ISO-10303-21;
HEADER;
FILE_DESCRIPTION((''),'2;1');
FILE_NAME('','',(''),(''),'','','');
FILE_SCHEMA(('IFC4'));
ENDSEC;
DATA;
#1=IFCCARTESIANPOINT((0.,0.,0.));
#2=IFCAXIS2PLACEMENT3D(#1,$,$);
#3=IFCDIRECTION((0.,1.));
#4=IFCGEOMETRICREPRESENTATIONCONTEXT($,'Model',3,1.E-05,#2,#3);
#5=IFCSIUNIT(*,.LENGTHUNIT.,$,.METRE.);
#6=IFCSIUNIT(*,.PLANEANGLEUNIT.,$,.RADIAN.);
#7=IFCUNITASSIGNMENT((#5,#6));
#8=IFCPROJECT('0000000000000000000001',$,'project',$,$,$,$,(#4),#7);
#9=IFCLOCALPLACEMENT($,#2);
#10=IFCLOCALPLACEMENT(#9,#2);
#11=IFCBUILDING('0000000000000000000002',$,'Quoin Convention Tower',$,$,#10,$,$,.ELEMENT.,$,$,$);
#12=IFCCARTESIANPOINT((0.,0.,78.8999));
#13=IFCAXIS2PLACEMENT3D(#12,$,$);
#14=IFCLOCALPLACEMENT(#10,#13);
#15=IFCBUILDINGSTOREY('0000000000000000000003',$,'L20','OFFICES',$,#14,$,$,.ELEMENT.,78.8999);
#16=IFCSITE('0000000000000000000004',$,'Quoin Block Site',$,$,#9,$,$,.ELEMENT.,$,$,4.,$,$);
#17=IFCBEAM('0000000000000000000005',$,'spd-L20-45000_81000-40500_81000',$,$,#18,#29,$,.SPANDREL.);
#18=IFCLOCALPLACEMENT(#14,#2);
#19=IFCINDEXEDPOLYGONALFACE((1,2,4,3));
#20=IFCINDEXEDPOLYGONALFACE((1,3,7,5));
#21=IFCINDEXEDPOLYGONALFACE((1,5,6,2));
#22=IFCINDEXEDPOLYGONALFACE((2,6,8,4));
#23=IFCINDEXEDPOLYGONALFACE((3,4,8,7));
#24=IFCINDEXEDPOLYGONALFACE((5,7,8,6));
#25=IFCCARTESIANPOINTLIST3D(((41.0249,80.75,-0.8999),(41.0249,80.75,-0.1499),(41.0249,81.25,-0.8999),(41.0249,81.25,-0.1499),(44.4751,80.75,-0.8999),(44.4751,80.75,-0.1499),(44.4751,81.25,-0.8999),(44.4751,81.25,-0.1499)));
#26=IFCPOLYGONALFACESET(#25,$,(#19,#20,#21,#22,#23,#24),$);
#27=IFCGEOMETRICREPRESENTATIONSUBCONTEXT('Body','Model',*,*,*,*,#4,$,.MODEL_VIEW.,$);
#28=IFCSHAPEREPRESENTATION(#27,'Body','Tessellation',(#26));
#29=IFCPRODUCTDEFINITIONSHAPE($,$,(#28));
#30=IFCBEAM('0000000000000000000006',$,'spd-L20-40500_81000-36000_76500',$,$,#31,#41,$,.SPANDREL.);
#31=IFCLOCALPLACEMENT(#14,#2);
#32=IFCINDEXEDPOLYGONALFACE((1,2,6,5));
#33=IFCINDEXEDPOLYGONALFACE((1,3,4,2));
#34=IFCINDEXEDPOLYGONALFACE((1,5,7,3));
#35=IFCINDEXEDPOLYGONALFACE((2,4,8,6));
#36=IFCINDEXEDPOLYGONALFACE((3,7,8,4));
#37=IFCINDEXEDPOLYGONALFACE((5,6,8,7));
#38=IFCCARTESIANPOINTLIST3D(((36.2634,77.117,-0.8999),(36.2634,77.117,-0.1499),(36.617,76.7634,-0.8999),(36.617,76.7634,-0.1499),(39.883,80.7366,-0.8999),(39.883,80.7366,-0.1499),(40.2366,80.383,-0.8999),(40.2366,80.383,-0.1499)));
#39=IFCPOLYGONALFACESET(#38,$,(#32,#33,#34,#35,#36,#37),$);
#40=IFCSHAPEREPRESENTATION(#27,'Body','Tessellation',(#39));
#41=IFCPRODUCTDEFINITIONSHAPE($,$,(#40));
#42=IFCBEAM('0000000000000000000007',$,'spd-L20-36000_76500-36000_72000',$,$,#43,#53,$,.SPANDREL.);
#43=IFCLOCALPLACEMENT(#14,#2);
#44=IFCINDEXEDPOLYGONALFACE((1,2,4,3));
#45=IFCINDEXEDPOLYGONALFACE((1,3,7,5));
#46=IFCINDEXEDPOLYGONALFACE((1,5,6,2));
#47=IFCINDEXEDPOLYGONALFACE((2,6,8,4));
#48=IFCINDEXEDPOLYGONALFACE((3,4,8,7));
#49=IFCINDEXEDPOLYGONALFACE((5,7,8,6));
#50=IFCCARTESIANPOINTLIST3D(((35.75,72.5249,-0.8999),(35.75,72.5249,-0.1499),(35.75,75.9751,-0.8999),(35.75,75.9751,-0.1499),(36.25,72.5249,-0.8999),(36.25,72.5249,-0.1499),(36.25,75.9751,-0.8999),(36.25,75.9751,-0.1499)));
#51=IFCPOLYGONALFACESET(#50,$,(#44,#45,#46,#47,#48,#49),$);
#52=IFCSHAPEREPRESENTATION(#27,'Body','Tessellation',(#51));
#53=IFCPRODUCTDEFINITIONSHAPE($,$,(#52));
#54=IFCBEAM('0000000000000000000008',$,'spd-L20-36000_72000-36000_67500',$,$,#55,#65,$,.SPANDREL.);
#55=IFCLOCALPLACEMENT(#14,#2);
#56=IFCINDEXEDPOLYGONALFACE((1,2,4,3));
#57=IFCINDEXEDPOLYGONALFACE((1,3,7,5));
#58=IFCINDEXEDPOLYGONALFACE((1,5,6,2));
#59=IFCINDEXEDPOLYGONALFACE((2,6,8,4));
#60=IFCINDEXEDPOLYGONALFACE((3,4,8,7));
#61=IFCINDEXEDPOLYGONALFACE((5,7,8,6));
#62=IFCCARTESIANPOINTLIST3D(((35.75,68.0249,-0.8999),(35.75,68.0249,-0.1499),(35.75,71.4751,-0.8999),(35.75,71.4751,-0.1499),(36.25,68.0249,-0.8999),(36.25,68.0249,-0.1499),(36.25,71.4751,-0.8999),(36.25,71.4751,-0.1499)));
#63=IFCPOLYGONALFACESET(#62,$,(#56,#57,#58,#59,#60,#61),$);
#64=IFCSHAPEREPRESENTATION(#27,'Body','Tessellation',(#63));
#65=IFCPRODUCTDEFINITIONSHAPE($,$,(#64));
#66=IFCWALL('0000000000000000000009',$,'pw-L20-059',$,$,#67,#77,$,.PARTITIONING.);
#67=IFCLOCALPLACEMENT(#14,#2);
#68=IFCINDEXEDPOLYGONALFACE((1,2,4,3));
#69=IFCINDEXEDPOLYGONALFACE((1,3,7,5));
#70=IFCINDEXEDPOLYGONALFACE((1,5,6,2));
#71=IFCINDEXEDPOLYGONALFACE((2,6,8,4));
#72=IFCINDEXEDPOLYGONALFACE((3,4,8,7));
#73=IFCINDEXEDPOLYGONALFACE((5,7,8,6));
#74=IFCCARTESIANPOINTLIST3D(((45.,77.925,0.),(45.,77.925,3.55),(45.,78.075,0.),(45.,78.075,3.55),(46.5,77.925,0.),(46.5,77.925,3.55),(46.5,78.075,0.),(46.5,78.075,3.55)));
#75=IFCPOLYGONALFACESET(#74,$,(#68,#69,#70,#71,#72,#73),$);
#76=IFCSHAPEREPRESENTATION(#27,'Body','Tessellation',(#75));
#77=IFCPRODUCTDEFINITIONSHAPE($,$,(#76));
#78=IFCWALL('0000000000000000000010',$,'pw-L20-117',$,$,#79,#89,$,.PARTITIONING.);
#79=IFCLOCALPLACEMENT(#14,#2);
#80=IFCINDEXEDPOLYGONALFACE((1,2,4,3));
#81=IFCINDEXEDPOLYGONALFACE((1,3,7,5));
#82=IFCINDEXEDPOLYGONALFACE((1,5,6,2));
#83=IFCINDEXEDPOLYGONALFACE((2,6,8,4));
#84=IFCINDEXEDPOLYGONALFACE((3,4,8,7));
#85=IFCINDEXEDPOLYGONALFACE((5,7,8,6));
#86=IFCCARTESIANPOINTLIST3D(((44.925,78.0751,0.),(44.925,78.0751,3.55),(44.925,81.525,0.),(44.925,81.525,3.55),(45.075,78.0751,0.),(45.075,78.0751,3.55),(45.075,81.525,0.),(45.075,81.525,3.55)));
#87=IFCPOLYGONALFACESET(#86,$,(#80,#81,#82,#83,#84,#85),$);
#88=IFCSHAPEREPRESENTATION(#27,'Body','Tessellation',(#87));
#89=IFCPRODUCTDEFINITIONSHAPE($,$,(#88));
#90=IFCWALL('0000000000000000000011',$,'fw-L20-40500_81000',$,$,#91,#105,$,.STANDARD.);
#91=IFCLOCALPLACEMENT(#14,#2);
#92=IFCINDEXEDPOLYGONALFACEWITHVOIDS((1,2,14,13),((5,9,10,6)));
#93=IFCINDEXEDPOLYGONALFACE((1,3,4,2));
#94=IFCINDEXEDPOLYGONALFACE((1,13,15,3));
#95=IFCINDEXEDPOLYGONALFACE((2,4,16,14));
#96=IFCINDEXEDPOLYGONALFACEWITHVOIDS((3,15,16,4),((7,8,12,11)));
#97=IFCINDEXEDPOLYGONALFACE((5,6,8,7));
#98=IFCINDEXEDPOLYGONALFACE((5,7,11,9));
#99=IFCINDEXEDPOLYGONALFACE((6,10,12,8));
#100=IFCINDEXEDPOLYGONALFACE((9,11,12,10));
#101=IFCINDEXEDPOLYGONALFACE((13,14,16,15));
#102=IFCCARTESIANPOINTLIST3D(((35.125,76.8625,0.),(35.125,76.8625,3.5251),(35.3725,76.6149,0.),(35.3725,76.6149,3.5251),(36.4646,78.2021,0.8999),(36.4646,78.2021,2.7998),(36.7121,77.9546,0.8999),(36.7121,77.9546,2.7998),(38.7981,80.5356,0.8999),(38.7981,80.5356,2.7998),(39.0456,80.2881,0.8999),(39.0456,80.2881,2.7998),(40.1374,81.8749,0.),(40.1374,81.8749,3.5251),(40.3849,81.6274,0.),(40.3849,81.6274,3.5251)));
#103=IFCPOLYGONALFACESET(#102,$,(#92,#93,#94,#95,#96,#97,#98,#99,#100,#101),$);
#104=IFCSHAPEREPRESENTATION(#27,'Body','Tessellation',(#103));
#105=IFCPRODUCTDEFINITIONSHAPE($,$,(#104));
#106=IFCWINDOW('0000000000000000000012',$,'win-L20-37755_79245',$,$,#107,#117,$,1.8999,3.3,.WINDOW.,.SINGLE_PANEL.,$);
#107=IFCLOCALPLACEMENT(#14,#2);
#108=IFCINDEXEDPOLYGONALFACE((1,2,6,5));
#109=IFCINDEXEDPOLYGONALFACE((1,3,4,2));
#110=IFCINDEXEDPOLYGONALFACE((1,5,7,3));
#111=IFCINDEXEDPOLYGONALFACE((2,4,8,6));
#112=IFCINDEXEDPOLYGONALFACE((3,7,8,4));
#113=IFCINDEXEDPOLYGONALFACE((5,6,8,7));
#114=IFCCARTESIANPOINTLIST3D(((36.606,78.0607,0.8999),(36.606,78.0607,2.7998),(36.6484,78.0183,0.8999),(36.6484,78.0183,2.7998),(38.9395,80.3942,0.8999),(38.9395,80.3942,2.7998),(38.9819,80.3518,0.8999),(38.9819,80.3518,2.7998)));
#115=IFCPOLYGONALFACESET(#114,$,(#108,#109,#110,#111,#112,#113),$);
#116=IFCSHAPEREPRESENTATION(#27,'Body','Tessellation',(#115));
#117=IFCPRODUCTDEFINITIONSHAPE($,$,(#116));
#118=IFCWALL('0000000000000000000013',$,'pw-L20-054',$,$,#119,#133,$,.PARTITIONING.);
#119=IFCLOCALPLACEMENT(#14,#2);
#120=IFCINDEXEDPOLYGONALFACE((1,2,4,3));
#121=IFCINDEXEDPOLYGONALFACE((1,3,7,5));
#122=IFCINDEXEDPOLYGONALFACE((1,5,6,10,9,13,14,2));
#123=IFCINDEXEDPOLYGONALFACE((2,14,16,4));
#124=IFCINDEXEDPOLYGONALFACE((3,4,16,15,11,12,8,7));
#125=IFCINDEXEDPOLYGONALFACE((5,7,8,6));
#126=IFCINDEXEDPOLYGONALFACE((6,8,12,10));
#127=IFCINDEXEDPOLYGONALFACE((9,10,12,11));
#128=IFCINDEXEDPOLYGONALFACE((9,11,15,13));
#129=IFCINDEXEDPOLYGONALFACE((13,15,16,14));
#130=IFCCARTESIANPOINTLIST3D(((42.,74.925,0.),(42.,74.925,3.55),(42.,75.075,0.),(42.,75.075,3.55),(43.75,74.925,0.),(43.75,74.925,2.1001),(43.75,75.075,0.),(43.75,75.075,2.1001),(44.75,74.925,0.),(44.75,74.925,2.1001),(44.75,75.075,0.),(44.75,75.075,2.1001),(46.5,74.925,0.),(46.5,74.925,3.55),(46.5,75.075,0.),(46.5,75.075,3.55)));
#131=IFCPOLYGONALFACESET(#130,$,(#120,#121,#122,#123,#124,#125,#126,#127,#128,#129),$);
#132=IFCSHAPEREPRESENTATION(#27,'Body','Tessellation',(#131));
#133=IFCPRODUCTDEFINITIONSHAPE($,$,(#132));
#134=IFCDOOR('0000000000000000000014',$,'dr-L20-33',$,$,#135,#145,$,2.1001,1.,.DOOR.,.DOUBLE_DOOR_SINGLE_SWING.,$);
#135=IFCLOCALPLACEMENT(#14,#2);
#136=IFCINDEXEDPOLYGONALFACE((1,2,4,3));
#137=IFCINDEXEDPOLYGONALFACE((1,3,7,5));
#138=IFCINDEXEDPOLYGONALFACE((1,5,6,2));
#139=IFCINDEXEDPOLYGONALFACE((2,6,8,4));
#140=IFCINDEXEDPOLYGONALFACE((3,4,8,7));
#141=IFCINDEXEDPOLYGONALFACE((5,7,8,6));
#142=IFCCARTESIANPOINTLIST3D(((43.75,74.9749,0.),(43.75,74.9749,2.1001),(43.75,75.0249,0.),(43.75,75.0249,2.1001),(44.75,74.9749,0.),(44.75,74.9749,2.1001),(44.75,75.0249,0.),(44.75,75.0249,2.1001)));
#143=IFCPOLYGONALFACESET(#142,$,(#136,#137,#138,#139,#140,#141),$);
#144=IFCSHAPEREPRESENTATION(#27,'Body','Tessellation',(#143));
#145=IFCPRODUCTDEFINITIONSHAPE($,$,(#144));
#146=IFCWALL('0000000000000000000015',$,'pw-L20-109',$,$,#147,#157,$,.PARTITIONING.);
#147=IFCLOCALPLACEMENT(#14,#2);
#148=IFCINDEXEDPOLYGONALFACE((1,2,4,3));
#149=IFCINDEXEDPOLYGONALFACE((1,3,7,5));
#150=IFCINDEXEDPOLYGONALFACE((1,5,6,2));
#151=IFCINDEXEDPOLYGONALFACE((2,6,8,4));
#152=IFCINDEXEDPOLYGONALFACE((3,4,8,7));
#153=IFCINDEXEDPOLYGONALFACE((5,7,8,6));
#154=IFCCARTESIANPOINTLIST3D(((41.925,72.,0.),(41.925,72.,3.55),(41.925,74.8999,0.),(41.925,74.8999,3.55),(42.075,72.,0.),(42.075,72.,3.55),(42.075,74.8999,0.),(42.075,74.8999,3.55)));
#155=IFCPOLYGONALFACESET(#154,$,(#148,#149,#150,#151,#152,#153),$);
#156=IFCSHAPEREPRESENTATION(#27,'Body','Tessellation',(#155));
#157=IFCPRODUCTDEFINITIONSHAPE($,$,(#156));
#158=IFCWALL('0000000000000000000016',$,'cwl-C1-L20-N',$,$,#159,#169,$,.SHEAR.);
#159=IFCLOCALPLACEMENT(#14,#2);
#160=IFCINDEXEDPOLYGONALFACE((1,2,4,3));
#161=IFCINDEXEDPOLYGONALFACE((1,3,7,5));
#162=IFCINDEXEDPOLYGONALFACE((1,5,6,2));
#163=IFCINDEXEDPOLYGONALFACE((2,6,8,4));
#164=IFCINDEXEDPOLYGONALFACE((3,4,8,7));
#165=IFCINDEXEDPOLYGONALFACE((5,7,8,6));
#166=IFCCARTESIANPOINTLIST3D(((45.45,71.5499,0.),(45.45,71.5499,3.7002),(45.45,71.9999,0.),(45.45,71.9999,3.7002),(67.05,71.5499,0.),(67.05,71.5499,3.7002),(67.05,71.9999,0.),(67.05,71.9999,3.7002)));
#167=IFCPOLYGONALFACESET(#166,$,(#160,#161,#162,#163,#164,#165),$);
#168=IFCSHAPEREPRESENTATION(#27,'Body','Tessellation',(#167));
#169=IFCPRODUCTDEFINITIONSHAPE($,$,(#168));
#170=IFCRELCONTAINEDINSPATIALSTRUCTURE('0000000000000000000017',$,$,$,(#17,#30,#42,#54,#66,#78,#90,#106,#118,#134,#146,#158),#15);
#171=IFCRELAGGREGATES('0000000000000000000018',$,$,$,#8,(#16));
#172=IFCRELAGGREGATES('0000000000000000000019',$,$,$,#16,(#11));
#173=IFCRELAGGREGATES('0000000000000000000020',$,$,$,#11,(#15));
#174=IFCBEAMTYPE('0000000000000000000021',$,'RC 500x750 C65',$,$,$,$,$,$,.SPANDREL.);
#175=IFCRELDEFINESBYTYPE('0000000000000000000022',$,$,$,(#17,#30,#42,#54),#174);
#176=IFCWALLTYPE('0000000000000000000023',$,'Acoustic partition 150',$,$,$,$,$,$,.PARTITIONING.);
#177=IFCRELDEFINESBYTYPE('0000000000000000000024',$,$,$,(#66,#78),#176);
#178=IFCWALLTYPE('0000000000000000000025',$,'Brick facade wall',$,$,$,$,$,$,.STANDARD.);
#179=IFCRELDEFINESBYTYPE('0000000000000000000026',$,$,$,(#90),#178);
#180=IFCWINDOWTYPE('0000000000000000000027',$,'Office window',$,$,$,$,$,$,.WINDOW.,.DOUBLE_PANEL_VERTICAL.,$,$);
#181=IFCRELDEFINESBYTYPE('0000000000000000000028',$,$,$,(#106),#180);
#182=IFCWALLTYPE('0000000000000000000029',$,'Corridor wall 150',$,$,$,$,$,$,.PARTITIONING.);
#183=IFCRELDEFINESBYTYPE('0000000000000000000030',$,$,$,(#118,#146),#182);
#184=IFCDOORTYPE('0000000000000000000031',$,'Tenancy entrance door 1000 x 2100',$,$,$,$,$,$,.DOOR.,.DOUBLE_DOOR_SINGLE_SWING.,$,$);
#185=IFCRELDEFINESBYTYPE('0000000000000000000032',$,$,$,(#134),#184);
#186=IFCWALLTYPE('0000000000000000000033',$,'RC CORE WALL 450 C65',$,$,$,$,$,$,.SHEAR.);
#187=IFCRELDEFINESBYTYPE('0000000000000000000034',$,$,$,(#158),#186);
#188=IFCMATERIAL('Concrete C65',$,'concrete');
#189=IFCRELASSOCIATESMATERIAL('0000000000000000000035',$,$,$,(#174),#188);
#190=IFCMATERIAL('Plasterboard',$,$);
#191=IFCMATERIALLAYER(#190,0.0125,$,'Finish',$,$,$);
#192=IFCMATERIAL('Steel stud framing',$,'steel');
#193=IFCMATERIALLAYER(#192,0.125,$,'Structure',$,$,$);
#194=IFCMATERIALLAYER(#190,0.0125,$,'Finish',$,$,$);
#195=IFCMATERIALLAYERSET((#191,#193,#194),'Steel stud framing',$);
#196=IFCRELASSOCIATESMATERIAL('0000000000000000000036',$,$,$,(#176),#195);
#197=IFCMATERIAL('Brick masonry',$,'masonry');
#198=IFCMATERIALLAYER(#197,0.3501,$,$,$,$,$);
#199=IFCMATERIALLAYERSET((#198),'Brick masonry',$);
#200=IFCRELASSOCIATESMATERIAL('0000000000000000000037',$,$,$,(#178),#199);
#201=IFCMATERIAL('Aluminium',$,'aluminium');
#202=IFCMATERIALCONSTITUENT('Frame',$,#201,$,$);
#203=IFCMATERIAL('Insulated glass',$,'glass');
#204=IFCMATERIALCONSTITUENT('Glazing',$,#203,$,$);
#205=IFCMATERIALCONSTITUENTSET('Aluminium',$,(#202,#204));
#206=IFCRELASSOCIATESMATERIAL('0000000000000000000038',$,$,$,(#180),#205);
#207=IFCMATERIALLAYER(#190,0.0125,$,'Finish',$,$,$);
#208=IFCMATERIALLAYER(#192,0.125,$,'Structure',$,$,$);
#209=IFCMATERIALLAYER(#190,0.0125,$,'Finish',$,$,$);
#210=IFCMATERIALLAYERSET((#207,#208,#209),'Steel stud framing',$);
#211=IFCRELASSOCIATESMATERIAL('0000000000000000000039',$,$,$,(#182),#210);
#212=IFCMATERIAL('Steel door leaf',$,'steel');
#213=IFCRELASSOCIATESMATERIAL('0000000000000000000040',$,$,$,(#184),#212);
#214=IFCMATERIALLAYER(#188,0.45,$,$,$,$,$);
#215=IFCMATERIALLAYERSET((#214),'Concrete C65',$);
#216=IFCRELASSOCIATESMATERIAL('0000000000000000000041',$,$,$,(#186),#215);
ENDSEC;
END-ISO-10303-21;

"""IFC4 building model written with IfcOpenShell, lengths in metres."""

from ifc_helpers import new_model, si_unit, direction, frame, frame_2d, origin, origin_2d, place, context, subcontext, project, spatial, rectangle, extrude, material, layer, layer_set, constituent, constituent_set, material_profile, profile_set, type_object, element, fill, save


model = new_model("IFC4")

# Units and contexts
model_context = context("Model", 3, precision=1e-05, world=origin(), true_north=direction((0.0, 1.0)))
body_context = subcontext(model_context, "Body", "Model", "MODEL_VIEW")
ifc_project = project(units=[si_unit("LENGTHUNIT", "METRE"), si_unit("PLANEANGLEUNIT", "RADIAN")], contexts=[model_context])

# Site, building, storey
site_placement = place(None, origin())
site = spatial("IfcSite", under=ifc_project, at=site_placement, Name="Quoin Block Site", CompositionType="ELEMENT", RefElevation=4.0)
building_placement = place(site_placement, origin())
building = spatial("IfcBuilding", under=site, at=building_placement, Name="Quoin Convention Tower", CompositionType="ELEMENT")
storey_placement = place(building_placement, frame((0.0, 0.0, 78.8999)))
storey = spatial("IfcBuildingStorey", under=building, at=storey_placement, Name="L20", Description="OFFICES", CompositionType="ELEMENT", Elevation=78.8999)

# Shared definitions
ifc_material_1 = material(Name="Concrete C65", Category="concrete")

# Beams
ifc_material_profile_1 = material_profile(ifc_material_1, rectangle(XDim=0.5, YDim=0.75, at=origin_2d()), Name="RC 500x750")
ifc_profile_set_1 = profile_set([ifc_material_profile_1], Name="Concrete C65")
beam_type_1 = type_object("IfcBeamType", Name="RC 500x750 C65", PredefinedType="SPANDREL", material=ifc_profile_set_1)
beam_1_placement = place(storey_placement, frame((44.4751, 81.0, -0.5249), z_axis=(-1.0, 0.0, 0.0), x_axis=(0.0, -1.0, 0.0)))
element("IfcBeam", 1, at=beam_1_placement, inside=storey, type_object=beam_type_1, Name="spd-L20-45000_81000-40500_81000", PredefinedType="SPANDREL", context=body_context, shape_type="SweptSolid", body=[
    extrude(rectangle(XDim=0.5, YDim=0.75, at=origin_2d()), origin(), (0.0, 0.0, 1.0), 3.4502),
])
beam_2_placement = place(storey_placement, frame((40.0598, 80.5598, -0.5249), z_axis=(-0.707107, -0.707107, 0.0), x_axis=(0.707107, -0.707107, 0.0)))
element("IfcBeam", 2, at=beam_2_placement, inside=storey, type_object=beam_type_1, Name="spd-L20-40500_81000-36000_76500", PredefinedType="SPANDREL", context=body_context, shape_type="SweptSolid", body=[
    extrude(rectangle(XDim=0.5, YDim=0.75, at=origin_2d()), origin(), (0.0, 0.0, 1.0), 5.1189),
])
for number, where, z_axis, x_axis, name in (
    (3, (36.0, 75.9751, -0.5249), (0.0, -1.0, 0.0), (1.0, 0.0, 0.0), "spd-L20-36000_76500-36000_72000"),
    (4, (36.0, 71.4751, -0.5249), (0.0, -1.0, 0.0), (1.0, 0.0, 0.0), "spd-L20-36000_72000-36000_67500"),
):
    element("IfcBeam", number, at=place(storey_placement, frame(where, z_axis=z_axis, x_axis=x_axis)), inside=storey, type_object=beam_type_1, Name=name, PredefinedType="SPANDREL", context=body_context, shape_type="SweptSolid", body=[
        extrude(rectangle(XDim=0.5, YDim=0.75, at=origin_2d()), origin(), (0.0, 0.0, 1.0), 3.4502),
    ])

# Walls
ifc_material_2 = material(Name="Plasterboard")
ifc_layer_1 = layer(ifc_material_2, 0.0125, Name="Finish")
ifc_material_3 = material(Name="Steel stud framing", Category="steel")
ifc_layer_2 = layer(ifc_material_3, 0.125, Name="Structure")
ifc_layer_3 = layer(ifc_material_2, 0.0125, Name="Finish")
ifc_layer_set_1 = layer_set([ifc_layer_1, ifc_layer_2, ifc_layer_3], Name="Steel stud framing")
wall_type_1 = type_object("IfcWallType", Name="Acoustic partition 150", PredefinedType="PARTITIONING", material=ifc_layer_set_1)
wall_1_placement = place(storey_placement, frame((45.0, 78.0, 0.0), z_axis=(0.0, 0.0, 1.0), x_axis=(1.0, 0.0, 0.0)))
element("IfcWall", 5, at=wall_1_placement, inside=storey, type_object=wall_type_1, Name="pw-L20-059", PredefinedType="PARTITIONING", context=body_context, shape_type="SweptSolid", body=[
    extrude(rectangle(XDim=1.5, YDim=0.1499, at=frame_2d((0.75, 0.0))), origin(), (0.0, 0.0, 1.0), 3.55),
])
wall_2_placement = place(storey_placement, frame((45.0, 78.075, 0.0), z_axis=(0.0, 0.0, 1.0), x_axis=(0.0, 1.0, 0.0)))
element("IfcWall", 6, at=wall_2_placement, inside=storey, type_object=wall_type_1, Name="pw-L20-117", PredefinedType="PARTITIONING", context=body_context, shape_type="SweptSolid", body=[
    extrude(rectangle(XDim=3.45, YDim=0.1499, at=frame_2d((1.7251, 0.0))), origin(), (0.0, 0.0, 1.0), 3.55),
])

# Wall, opening, window
ifc_material_4 = material(Name="Brick masonry", Category="masonry")
ifc_layer_4 = layer(ifc_material_4, 0.3501)
ifc_layer_set_2 = layer_set([ifc_layer_4], Name="Brick masonry")
wall_type_2 = type_object("IfcWallType", Name="Brick facade wall", PredefinedType="STANDARD", material=ifc_layer_set_2)
wall_3_placement = place(storey_placement, frame((40.2612, 81.7512, 0.0), z_axis=(0.0, 0.0, 1.0), x_axis=(-0.707107, -0.707107, 0.0)))
wall_3 = element("IfcWall", 7, at=wall_3_placement, inside=storey, type_object=wall_type_2, Name="fw-L20-40500_81000", PredefinedType="STANDARD", context=body_context, shape_type="SweptSolid", body=[
    extrude(rectangle(XDim=7.0886, YDim=0.3501, at=frame_2d((3.5444, 0.0))), origin(), (0.0, 0.0, 1.0), 3.5251),
])
opening_1_placement = place(wall_3_placement, frame((1.8943, 0.0, 0.8999)))
opening_1 = element("IfcOpeningElement", 8, at=opening_1_placement, cuts=wall_3, PredefinedType="OPENING", context=body_context, shape_type="SweptSolid", body=[
    extrude(rectangle(XDim=3.3, YDim=1.8999, at=frame_2d((1.6499, 0.95))), frame((0.0, 0.1851, 0.0), z_axis=(0.0, -1.0, 0.0), x_axis=(1.0, 0.0, 0.0)), (0.0, 0.0, 1.0), 0.3701),
])
ifc_material_5 = material(Name="Aluminium", Category="aluminium")
ifc_constituent_1 = constituent(ifc_material_5, Name="Frame")
ifc_material_6 = material(Name="Insulated glass", Category="glass")
ifc_constituent_2 = constituent(ifc_material_6, Name="Glazing")
ifc_constituent_set = constituent_set(constituents=[ifc_constituent_1, ifc_constituent_2], Name="Aluminium")
window_type = type_object("IfcWindowType", Name="Office window", PartitioningType="DOUBLE_PANEL_VERTICAL", PredefinedType="WINDOW", material=ifc_constituent_set)
window_placement = place(opening_1_placement, origin())
window = element("IfcWindow", 9, at=window_placement, inside=storey, type_object=window_type, Name="win-L20-37755_79245", OverallHeight=1.8999, OverallWidth=3.3, PartitioningType="SINGLE_PANEL", PredefinedType="WINDOW", context=body_context, shape_type="SweptSolid", body=[
    extrude(rectangle(XDim=3.3, YDim=1.8999, at=frame_2d((1.6499, 0.95))), frame((0.0, 0.085, 0.0), z_axis=(0.0, -1.0, 0.0), x_axis=(1.0, 0.0, 0.0)), (0.0, 0.0, 1.0), 0.0601),
])
fill(opening_1, window)

# Wall, opening, door
ifc_layer_5 = layer(ifc_material_2, 0.0125, Name="Finish")
ifc_layer_6 = layer(ifc_material_3, 0.125, Name="Structure")
ifc_layer_7 = layer(ifc_material_2, 0.0125, Name="Finish")
ifc_layer_set_3 = layer_set([ifc_layer_5, ifc_layer_6, ifc_layer_7], Name="Steel stud framing")
wall_type_3 = type_object("IfcWallType", Name="Corridor wall 150", PredefinedType="PARTITIONING", material=ifc_layer_set_3)
wall_4_placement = place(storey_placement, frame((42.0, 75.0, 0.0), z_axis=(0.0, 0.0, 1.0), x_axis=(1.0, 0.0, 0.0)))
wall_4 = element("IfcWall", 10, at=wall_4_placement, inside=storey, type_object=wall_type_3, Name="pw-L20-054", PredefinedType="PARTITIONING", context=body_context, shape_type="SweptSolid", body=[
    extrude(rectangle(XDim=4.5, YDim=0.1499, at=frame_2d((2.25, 0.0))), origin(), (0.0, 0.0, 1.0), 3.55),
])
opening_2_placement = place(wall_4_placement, frame((1.75, 0.0, 0.0)))
opening_2 = element("IfcOpeningElement", 11, at=opening_2_placement, cuts=wall_4, PredefinedType="OPENING", context=body_context, shape_type="SweptSolid", body=[
    extrude(rectangle(XDim=1.0, YDim=2.1001, at=frame_2d((0.5, 1.05))), frame((0.0, 0.085, 0.0), z_axis=(0.0, -1.0, 0.0), x_axis=(1.0, 0.0, 0.0)), (0.0, 0.0, 1.0), 0.1699),
])
ifc_material_7 = material(Name="Steel door leaf", Category="steel")
door_type_1 = type_object("IfcDoorType", Name="Tenancy entrance door 1000 x 2100", OperationType="DOUBLE_DOOR_SINGLE_SWING", PredefinedType="DOOR", material=ifc_material_7)
door_1_placement = place(opening_2_placement, origin())
door_1 = element("IfcDoor", 12, at=door_1_placement, inside=storey, type_object=door_type_1, Name="dr-L20-33", OperationType="DOUBLE_DOOR_SINGLE_SWING", OverallHeight=2.1001, OverallWidth=1.0, PredefinedType="DOOR", context=body_context, shape_type="SweptSolid", body=[
    extrude(rectangle(XDim=1.0, YDim=2.1001, at=frame_2d((0.5, 1.05))), frame((0.0, 0.0249, 0.0), z_axis=(0.0, -1.0, 0.0), x_axis=(1.0, 0.0, 0.0)), (0.0, 0.0, 1.0), 0.05),
])
fill(opening_2, door_1)

# Walls
wall_5_placement = place(storey_placement, frame((42.0, 72.0, 0.0), z_axis=(0.0, 0.0, 1.0), x_axis=(0.0, 1.0, 0.0)))
element("IfcWall", 13, at=wall_5_placement, inside=storey, type_object=wall_type_3, Name="pw-L20-109", PredefinedType="PARTITIONING", context=body_context, shape_type="SweptSolid", body=[
    extrude(rectangle(XDim=2.8999, YDim=0.1499, at=frame_2d((1.45, 0.0))), origin(), (0.0, 0.0, 1.0), 3.55),
])
ifc_layer_8 = layer(ifc_material_1, 0.45)
ifc_layer_set_4 = layer_set([ifc_layer_8], Name="Concrete C65")
wall_type_4 = type_object("IfcWallType", Name="RC CORE WALL 450 C65", PredefinedType="SHEAR", material=ifc_layer_set_4)
wall_6_placement = place(storey_placement, frame((45.45, 71.7749, 0.0), z_axis=(0.0, 0.0, 1.0), x_axis=(1.0, 0.0, 0.0)))
element("IfcWall", 14, at=wall_6_placement, inside=storey, type_object=wall_type_4, Name="cwl-C1-L20-N", PredefinedType="SHEAR", context=body_context, shape_type="SweptSolid", body=[
    extrude(rectangle(XDim=21.6001, YDim=0.45, at=frame_2d((10.8, 0.0))), origin(), (0.0, 0.0, 1.0), 3.7002),
])

save(model, "model.ifc")
